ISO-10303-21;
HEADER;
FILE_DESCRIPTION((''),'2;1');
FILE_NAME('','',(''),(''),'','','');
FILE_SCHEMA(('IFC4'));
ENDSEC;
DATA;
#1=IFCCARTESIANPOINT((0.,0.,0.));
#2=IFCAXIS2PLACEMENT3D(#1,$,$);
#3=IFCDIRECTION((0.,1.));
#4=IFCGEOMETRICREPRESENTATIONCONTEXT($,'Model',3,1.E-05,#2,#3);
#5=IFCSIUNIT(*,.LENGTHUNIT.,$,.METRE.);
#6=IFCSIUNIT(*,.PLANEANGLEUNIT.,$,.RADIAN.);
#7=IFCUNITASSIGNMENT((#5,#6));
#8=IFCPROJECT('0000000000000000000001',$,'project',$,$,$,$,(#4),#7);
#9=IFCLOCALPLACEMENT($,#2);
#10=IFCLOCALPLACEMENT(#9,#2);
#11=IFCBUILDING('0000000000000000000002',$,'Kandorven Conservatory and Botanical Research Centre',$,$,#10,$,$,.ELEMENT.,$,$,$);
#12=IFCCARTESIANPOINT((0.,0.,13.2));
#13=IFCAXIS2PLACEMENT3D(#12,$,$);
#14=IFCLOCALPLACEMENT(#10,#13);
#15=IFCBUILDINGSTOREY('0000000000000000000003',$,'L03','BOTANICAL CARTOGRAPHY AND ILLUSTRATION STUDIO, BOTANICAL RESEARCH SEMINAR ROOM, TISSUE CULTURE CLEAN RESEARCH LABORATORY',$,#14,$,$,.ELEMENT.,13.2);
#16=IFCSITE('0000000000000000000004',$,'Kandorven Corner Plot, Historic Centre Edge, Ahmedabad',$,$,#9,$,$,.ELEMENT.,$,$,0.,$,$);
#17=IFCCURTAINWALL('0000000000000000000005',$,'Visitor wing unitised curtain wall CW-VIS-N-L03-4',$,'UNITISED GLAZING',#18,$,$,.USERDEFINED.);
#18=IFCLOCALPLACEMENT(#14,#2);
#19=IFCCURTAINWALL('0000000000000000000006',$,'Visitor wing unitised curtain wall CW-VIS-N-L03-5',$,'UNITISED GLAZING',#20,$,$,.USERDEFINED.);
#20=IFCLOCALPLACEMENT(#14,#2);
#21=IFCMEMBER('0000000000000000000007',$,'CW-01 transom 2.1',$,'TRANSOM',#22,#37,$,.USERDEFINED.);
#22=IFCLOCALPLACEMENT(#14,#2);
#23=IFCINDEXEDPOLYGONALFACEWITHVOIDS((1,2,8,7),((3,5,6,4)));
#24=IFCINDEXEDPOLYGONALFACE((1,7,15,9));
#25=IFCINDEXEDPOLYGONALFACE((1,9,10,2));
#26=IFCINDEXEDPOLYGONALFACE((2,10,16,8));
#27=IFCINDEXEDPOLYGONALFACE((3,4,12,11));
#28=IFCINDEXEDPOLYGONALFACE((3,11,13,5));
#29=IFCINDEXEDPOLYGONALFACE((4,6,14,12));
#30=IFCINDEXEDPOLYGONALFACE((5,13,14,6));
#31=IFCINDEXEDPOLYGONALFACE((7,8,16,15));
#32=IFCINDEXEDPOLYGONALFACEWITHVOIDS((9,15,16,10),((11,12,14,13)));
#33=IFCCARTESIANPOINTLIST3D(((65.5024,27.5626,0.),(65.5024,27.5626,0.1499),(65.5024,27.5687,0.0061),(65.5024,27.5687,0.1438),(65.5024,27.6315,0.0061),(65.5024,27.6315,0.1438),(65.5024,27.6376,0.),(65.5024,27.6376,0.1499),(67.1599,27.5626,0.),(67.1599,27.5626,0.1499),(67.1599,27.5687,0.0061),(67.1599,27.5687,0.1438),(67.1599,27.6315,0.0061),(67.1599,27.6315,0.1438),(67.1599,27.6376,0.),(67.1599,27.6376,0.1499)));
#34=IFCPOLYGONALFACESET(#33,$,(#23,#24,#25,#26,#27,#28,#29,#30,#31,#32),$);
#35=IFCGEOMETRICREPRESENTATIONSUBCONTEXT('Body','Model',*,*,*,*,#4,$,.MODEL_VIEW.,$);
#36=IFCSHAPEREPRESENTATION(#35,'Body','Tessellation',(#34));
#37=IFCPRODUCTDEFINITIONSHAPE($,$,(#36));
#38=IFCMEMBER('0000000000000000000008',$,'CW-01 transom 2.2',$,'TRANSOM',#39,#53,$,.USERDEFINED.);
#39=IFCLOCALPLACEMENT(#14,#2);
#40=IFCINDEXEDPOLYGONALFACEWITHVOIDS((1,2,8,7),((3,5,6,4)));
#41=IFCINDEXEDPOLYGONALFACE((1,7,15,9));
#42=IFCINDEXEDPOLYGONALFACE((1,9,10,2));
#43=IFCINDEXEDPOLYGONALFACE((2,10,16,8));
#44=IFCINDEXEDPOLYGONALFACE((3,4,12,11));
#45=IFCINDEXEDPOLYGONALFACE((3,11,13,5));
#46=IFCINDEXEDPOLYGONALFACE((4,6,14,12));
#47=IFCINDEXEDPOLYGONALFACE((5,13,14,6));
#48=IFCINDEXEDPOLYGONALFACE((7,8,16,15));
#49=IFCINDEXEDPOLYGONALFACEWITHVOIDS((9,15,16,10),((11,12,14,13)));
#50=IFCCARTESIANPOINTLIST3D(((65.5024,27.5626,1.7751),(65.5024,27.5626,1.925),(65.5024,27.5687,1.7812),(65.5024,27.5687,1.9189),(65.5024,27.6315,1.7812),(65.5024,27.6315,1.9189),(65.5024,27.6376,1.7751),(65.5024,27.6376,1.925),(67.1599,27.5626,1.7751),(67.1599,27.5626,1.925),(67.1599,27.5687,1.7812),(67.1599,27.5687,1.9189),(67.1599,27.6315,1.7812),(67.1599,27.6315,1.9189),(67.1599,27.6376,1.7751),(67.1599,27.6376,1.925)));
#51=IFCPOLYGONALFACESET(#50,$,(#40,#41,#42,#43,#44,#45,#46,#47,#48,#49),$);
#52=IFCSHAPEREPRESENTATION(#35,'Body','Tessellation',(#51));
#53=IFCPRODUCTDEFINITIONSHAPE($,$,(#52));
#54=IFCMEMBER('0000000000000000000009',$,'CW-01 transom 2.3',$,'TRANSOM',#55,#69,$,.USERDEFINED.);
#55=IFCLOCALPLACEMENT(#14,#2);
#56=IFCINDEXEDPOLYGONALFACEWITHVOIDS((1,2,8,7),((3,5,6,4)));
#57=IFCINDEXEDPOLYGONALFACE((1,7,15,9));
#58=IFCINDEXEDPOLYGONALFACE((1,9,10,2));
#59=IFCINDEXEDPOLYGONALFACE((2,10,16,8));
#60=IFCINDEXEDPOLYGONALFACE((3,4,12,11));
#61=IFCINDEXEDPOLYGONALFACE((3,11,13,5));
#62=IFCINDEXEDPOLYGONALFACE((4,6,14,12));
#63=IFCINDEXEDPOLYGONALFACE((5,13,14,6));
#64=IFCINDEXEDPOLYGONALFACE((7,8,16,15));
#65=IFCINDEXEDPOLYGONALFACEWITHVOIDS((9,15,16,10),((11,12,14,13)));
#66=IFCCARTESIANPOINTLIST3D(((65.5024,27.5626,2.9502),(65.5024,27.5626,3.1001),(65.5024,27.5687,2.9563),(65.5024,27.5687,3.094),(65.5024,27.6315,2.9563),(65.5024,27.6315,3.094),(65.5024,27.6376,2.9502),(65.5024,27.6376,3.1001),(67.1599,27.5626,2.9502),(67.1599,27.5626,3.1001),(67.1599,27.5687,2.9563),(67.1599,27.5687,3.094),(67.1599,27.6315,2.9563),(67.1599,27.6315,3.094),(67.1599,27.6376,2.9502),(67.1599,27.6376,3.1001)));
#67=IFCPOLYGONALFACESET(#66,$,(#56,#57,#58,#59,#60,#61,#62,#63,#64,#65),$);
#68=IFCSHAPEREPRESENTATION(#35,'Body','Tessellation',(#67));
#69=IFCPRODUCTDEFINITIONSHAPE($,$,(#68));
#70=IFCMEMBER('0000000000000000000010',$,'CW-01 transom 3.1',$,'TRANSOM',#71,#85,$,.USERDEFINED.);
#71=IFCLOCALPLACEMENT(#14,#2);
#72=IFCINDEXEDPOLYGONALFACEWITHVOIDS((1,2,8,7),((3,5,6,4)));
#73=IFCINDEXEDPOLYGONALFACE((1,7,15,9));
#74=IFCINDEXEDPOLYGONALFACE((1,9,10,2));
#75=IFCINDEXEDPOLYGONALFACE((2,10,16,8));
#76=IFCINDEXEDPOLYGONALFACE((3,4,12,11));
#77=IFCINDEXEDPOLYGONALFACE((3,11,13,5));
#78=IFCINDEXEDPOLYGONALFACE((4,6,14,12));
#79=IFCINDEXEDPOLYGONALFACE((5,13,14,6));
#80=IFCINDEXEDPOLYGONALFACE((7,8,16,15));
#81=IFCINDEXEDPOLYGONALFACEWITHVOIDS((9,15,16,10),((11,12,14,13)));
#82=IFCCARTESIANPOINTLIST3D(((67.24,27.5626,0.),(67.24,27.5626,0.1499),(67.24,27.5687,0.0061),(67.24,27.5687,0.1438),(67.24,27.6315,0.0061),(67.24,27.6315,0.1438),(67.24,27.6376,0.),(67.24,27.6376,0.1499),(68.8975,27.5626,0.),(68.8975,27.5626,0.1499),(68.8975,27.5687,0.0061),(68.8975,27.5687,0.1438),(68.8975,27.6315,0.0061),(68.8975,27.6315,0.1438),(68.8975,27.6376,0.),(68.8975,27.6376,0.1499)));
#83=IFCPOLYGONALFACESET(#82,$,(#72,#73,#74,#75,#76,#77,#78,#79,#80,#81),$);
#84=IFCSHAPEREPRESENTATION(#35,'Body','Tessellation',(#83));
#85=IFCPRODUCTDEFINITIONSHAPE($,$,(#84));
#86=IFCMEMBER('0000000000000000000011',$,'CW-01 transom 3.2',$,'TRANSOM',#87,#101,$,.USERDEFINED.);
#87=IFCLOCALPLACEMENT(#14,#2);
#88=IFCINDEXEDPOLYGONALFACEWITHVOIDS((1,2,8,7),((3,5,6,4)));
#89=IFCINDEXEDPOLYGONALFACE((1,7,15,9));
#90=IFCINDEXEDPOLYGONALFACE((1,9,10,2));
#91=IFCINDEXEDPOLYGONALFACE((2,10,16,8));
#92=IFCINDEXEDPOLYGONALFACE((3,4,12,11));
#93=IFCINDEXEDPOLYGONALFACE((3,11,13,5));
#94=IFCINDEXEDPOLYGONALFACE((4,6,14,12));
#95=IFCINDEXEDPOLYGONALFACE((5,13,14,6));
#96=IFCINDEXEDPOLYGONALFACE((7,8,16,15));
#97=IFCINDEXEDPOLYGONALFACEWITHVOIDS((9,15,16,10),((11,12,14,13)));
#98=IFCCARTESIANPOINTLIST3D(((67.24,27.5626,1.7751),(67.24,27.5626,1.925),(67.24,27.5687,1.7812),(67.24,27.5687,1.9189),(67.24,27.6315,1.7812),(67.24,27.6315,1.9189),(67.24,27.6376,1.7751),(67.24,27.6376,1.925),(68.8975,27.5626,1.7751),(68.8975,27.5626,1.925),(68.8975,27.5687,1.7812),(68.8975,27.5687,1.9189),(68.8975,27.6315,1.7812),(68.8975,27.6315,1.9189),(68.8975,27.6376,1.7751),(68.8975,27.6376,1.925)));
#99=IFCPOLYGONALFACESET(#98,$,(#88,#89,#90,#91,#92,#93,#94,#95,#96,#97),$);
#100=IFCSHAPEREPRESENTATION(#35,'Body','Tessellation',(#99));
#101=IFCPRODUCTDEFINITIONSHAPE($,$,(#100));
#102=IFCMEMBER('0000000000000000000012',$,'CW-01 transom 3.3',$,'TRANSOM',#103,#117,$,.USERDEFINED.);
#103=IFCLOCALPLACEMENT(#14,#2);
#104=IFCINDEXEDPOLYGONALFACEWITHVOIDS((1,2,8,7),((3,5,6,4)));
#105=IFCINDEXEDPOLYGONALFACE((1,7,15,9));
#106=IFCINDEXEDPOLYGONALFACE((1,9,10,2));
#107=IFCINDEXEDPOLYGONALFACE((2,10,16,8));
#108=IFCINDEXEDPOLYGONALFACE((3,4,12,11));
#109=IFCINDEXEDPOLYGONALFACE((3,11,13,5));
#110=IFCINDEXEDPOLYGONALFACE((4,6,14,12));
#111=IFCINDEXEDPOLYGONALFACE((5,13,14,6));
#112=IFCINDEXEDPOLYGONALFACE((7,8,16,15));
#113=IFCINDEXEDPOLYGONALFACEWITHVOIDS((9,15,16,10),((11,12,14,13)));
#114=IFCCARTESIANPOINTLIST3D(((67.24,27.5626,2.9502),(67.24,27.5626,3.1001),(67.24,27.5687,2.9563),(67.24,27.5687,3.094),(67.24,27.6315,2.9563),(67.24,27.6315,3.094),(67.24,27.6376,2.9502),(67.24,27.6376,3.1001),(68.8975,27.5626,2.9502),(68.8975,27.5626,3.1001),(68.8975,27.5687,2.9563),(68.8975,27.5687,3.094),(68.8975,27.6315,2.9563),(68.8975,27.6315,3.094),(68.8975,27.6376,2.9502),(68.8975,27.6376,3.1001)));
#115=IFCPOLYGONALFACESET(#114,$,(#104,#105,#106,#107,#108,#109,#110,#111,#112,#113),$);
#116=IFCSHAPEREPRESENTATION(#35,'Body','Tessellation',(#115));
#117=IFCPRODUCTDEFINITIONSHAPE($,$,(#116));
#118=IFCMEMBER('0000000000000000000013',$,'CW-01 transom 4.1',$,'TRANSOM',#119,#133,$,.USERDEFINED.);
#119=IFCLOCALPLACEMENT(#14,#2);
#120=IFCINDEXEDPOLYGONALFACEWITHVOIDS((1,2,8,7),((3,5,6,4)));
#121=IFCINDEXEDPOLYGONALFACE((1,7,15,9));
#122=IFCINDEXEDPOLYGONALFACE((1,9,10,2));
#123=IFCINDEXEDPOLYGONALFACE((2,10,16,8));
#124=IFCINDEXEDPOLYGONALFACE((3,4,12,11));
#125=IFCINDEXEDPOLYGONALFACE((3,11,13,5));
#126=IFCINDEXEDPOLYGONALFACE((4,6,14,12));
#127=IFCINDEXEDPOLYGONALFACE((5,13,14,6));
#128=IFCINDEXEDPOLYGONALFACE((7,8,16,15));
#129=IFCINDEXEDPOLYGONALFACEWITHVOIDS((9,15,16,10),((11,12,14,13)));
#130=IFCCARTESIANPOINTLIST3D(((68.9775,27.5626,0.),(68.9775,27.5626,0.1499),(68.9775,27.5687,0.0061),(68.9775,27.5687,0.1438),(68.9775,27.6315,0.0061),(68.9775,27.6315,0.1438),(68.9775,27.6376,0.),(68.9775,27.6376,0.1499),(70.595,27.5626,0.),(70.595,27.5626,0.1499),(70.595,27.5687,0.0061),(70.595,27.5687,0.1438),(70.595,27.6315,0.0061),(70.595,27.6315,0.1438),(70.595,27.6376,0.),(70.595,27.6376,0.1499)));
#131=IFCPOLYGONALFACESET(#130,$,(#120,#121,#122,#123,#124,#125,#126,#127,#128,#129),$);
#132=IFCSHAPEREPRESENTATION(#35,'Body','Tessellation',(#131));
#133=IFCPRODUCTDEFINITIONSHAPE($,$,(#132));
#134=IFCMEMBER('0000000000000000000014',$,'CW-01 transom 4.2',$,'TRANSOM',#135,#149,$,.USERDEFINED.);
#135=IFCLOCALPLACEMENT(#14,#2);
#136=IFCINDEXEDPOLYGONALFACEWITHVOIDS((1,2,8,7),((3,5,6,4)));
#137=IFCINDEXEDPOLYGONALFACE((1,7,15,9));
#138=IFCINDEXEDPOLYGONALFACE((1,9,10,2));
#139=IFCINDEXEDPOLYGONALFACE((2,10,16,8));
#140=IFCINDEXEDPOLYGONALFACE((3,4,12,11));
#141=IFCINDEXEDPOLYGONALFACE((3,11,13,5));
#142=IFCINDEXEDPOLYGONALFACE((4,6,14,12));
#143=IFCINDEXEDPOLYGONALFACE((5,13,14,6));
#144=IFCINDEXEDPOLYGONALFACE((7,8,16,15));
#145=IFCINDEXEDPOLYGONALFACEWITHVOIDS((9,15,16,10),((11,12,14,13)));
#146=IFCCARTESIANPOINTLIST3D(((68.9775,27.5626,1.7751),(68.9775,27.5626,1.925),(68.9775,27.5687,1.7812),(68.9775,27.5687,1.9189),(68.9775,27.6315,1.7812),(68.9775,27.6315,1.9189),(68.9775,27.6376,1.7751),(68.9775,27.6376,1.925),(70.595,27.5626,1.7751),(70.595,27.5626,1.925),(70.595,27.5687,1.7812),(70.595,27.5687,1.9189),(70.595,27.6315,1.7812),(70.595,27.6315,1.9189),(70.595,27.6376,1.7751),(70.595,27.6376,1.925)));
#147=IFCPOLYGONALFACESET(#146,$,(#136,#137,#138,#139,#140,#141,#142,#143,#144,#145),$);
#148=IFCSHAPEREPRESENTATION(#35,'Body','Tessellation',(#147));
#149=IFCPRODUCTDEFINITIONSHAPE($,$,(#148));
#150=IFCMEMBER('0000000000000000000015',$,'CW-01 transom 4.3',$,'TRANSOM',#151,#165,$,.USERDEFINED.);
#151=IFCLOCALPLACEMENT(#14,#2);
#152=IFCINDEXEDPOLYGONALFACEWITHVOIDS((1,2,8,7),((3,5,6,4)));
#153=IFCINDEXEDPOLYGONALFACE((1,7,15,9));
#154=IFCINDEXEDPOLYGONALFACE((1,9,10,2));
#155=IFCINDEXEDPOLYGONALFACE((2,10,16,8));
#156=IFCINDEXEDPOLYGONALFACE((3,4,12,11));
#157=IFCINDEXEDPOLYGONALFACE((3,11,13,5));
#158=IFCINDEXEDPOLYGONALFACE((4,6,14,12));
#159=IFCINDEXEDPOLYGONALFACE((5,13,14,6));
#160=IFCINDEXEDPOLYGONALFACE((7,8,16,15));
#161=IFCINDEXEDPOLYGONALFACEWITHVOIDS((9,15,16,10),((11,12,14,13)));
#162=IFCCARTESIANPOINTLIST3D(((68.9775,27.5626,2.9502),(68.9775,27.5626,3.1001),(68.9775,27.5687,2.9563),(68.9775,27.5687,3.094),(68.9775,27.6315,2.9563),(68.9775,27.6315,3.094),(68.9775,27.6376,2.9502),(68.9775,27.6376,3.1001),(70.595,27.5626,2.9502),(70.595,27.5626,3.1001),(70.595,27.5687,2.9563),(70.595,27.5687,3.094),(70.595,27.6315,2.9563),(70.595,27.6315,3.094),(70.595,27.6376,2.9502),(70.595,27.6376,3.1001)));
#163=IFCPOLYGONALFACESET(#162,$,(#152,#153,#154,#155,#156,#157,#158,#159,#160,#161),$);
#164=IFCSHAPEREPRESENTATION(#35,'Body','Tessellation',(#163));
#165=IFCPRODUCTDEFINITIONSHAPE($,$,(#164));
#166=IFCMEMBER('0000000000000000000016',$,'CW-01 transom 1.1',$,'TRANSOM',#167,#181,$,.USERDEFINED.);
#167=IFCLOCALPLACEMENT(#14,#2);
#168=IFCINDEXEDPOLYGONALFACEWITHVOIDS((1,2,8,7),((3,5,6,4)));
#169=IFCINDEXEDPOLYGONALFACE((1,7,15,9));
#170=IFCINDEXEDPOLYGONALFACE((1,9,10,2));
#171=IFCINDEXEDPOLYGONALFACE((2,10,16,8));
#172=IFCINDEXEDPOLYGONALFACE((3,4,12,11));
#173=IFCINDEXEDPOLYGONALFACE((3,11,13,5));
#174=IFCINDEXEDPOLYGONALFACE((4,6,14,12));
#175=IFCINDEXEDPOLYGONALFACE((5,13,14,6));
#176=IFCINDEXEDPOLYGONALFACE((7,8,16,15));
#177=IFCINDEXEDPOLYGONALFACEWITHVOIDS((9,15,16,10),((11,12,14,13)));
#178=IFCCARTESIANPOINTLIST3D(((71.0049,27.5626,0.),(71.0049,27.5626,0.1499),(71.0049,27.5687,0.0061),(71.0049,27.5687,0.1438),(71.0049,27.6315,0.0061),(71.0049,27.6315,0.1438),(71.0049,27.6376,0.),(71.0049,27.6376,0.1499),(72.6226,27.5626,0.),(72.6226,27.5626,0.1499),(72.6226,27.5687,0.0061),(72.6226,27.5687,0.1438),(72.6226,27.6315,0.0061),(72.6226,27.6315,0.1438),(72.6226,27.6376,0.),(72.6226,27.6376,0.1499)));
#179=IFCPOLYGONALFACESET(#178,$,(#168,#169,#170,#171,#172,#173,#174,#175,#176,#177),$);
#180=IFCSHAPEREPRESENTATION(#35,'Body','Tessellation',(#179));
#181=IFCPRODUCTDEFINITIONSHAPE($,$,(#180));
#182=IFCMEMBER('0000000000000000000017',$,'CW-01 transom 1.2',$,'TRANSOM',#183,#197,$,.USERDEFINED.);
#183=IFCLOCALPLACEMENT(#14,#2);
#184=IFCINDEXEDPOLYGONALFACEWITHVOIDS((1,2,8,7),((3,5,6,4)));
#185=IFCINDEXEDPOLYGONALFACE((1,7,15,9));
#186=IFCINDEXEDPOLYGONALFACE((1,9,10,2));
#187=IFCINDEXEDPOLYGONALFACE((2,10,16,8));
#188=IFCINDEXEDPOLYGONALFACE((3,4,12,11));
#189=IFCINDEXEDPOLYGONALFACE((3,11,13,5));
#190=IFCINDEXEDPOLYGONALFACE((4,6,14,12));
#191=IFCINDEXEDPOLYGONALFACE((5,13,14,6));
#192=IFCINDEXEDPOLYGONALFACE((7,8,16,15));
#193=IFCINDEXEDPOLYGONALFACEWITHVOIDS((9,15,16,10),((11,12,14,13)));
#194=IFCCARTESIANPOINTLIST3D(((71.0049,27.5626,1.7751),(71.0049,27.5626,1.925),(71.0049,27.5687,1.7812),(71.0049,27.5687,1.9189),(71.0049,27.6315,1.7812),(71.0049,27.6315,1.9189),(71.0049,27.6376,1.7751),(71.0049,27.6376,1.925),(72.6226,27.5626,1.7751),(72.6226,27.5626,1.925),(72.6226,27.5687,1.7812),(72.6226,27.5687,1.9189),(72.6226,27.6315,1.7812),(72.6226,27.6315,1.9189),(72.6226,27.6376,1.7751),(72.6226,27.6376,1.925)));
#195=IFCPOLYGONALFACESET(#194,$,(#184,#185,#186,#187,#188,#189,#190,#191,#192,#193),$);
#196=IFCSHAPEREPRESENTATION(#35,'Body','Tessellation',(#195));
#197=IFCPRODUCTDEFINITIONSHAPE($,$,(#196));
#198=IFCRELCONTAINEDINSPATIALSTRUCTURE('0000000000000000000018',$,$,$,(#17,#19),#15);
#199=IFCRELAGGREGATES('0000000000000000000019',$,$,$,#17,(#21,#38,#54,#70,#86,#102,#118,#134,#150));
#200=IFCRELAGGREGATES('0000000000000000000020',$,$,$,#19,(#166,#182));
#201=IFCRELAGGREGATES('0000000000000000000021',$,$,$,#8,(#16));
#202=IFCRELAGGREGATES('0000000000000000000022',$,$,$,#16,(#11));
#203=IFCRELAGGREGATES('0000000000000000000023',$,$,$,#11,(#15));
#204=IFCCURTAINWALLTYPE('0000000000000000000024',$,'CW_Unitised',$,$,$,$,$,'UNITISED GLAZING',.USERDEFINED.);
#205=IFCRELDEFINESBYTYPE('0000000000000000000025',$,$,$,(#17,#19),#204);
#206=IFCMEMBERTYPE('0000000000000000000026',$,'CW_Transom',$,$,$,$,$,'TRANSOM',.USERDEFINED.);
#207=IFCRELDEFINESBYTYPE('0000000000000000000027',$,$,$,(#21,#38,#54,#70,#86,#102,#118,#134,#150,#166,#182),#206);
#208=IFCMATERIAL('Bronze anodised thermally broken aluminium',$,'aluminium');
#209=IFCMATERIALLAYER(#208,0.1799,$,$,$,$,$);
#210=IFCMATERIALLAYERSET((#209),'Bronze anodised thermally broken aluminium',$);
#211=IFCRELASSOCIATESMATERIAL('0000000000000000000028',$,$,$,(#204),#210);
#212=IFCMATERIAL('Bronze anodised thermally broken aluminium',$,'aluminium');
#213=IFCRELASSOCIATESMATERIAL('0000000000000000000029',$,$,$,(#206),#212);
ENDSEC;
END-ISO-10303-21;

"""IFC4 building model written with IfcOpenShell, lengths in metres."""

from ifc_helpers import new_model, si_unit, direction, frame, origin, origin_2d, place, context, subcontext, project, spatial, hollow_rectangle, extrude, material, layer, layer_set, material_profile, profile_set, type_object, element, aggregate, save


model = new_model("IFC4")

# Units and contexts
model_context = context("Model", 3, precision=1e-05, world=origin(), true_north=direction((0.0, 1.0)))
body_context = subcontext(model_context, "Body", "Model", "MODEL_VIEW")
ifc_project = project(units=[si_unit("LENGTHUNIT", "METRE"), si_unit("PLANEANGLEUNIT", "RADIAN")], contexts=[model_context])

# Site, building, storey
site_placement = place(None, origin())
site = spatial("IfcSite", under=ifc_project, at=site_placement, Name="Kandorven Corner Plot, Historic Centre Edge, Ahmedabad", CompositionType="ELEMENT", RefElevation=0.0)
building_placement = place(site_placement, origin())
building = spatial("IfcBuilding", under=site, at=building_placement, Name="Kandorven Conservatory and Botanical Research Centre", CompositionType="ELEMENT")
storey_placement = place(building_placement, frame((0.0, 0.0, 13.2)))
storey = spatial("IfcBuildingStorey", under=building, at=storey_placement, Name="L03", Description="BOTANICAL CARTOGRAPHY AND ILLUSTRATION STUDIO, BOTANICAL RESEARCH SEMINAR ROOM, TISSUE CULTURE CLEAN RESEARCH LABORATORY", CompositionType="ELEMENT", Elevation=13.2)

# Curtain walls
ifc_material_1 = material(Name="Bronze anodised thermally broken aluminium", Category="aluminium")
ifc_layer_1 = layer(ifc_material_1, 0.1799)
ifc_layer_set_1 = layer_set([ifc_layer_1], Name="Bronze anodised thermally broken aluminium")
curtain_wall_type = type_object("IfcCurtainWallType", Name="CW_Unitised", ElementType="UNITISED GLAZING", PredefinedType="USERDEFINED", material=ifc_layer_set_1)
curtain_wall_1_placement = place(storey_placement, origin())
curtain_wall_1 = element("IfcCurtainWall", 1, at=curtain_wall_1_placement, inside=storey, type_object=curtain_wall_type, Name="Visitor wing unitised curtain wall CW-VIS-N-L03-4", ObjectType="UNITISED GLAZING", PredefinedType="USERDEFINED")
curtain_wall_2_placement = place(storey_placement, origin())
curtain_wall_2 = element("IfcCurtainWall", 2, at=curtain_wall_2_placement, inside=storey, type_object=curtain_wall_type, Name="Visitor wing unitised curtain wall CW-VIS-N-L03-5", ObjectType="UNITISED GLAZING", PredefinedType="USERDEFINED")

# Members
ifc_material_2 = material(Name="Bronze anodised thermally broken aluminium", Category="aluminium")
ifc_material_profile_1 = material_profile(ifc_material_2, hollow_rectangle(XDim=0.075, YDim=0.1499, WallThickness=0.0061, at=origin_2d()))
ifc_profile_set_1 = profile_set([ifc_material_profile_1], Name="Bronze anodised thermally broken aluminium")
member_type_1 = type_object("IfcMemberType", Name="CW_Transom", ElementType="TRANSOM", PredefinedType="USERDEFINED", material=ifc_profile_set_1)
member_1_placement = place(storey_placement, frame((65.5024, 27.6001, 0.075), z_axis=(1.0, 0.0, 0.0), x_axis=(0.0, 1.0, 0.0)))
member_1 = element("IfcMember", 3, at=member_1_placement, type_object=member_type_1, Name="CW-01 transom 2.1", ObjectType="TRANSOM", PredefinedType="USERDEFINED", context=body_context, shape_type="SweptSolid", body=[
    extrude(hollow_rectangle(XDim=0.075, YDim=0.1499, WallThickness=0.0061, at=origin_2d()), origin(), (0.0, 0.0, 1.0), 1.6575),
])
member_2_placement = place(storey_placement, frame((65.5024, 27.6001, 1.8501), z_axis=(1.0, 0.0, 0.0), x_axis=(0.0, 1.0, 0.0)))
member_2 = element("IfcMember", 4, at=member_2_placement, type_object=member_type_1, Name="CW-01 transom 2.2", ObjectType="TRANSOM", PredefinedType="USERDEFINED", context=body_context, shape_type="SweptSolid", body=[
    extrude(hollow_rectangle(XDim=0.075, YDim=0.1499, WallThickness=0.0061, at=origin_2d()), origin(), (0.0, 0.0, 1.0), 1.6575),
])
member_3_placement = place(storey_placement, frame((65.5024, 27.6001, 3.0251), z_axis=(1.0, 0.0, 0.0), x_axis=(0.0, 1.0, 0.0)))
member_3 = element("IfcMember", 5, at=member_3_placement, type_object=member_type_1, Name="CW-01 transom 2.3", ObjectType="TRANSOM", PredefinedType="USERDEFINED", context=body_context, shape_type="SweptSolid", body=[
    extrude(hollow_rectangle(XDim=0.075, YDim=0.1499, WallThickness=0.0061, at=origin_2d()), origin(), (0.0, 0.0, 1.0), 1.6575),
])
member_4_placement = place(storey_placement, frame((67.24, 27.6001, 0.075), z_axis=(1.0, 0.0, 0.0), x_axis=(0.0, 1.0, 0.0)))
member_4 = element("IfcMember", 6, at=member_4_placement, type_object=member_type_1, Name="CW-01 transom 3.1", ObjectType="TRANSOM", PredefinedType="USERDEFINED", context=body_context, shape_type="SweptSolid", body=[
    extrude(hollow_rectangle(XDim=0.075, YDim=0.1499, WallThickness=0.0061, at=origin_2d()), origin(), (0.0, 0.0, 1.0), 1.6575),
])
member_5_placement = place(storey_placement, frame((67.24, 27.6001, 1.8501), z_axis=(1.0, 0.0, 0.0), x_axis=(0.0, 1.0, 0.0)))
member_5 = element("IfcMember", 7, at=member_5_placement, type_object=member_type_1, Name="CW-01 transom 3.2", ObjectType="TRANSOM", PredefinedType="USERDEFINED", context=body_context, shape_type="SweptSolid", body=[
    extrude(hollow_rectangle(XDim=0.075, YDim=0.1499, WallThickness=0.0061, at=origin_2d()), origin(), (0.0, 0.0, 1.0), 1.6575),
])
member_6_placement = place(storey_placement, frame((67.24, 27.6001, 3.0251), z_axis=(1.0, 0.0, 0.0), x_axis=(0.0, 1.0, 0.0)))
member_6 = element("IfcMember", 8, at=member_6_placement, type_object=member_type_1, Name="CW-01 transom 3.3", ObjectType="TRANSOM", PredefinedType="USERDEFINED", context=body_context, shape_type="SweptSolid", body=[
    extrude(hollow_rectangle(XDim=0.075, YDim=0.1499, WallThickness=0.0061, at=origin_2d()), origin(), (0.0, 0.0, 1.0), 1.6575),
])
member_7_placement = place(storey_placement, frame((68.9775, 27.6001, 0.075), z_axis=(1.0, 0.0, 0.0), x_axis=(0.0, 1.0, 0.0)))
member_7 = element("IfcMember", 9, at=member_7_placement, type_object=member_type_1, Name="CW-01 transom 4.1", ObjectType="TRANSOM", PredefinedType="USERDEFINED", context=body_context, shape_type="SweptSolid", body=[
    extrude(hollow_rectangle(XDim=0.075, YDim=0.1499, WallThickness=0.0061, at=origin_2d()), origin(), (0.0, 0.0, 1.0), 1.6174),
])
member_8_placement = place(storey_placement, frame((68.9775, 27.6001, 1.8501), z_axis=(1.0, 0.0, 0.0), x_axis=(0.0, 1.0, 0.0)))
member_8 = element("IfcMember", 10, at=member_8_placement, type_object=member_type_1, Name="CW-01 transom 4.2", ObjectType="TRANSOM", PredefinedType="USERDEFINED", context=body_context, shape_type="SweptSolid", body=[
    extrude(hollow_rectangle(XDim=0.075, YDim=0.1499, WallThickness=0.0061, at=origin_2d()), origin(), (0.0, 0.0, 1.0), 1.6174),
])
member_9_placement = place(storey_placement, frame((68.9775, 27.6001, 3.0251), z_axis=(1.0, 0.0, 0.0), x_axis=(0.0, 1.0, 0.0)))
member_9 = element("IfcMember", 11, at=member_9_placement, type_object=member_type_1, Name="CW-01 transom 4.3", ObjectType="TRANSOM", PredefinedType="USERDEFINED", context=body_context, shape_type="SweptSolid", body=[
    extrude(hollow_rectangle(XDim=0.075, YDim=0.1499, WallThickness=0.0061, at=origin_2d()), origin(), (0.0, 0.0, 1.0), 1.6174),
])
member_10_placement = place(storey_placement, frame((71.0049, 27.6001, 0.075), z_axis=(1.0, 0.0, 0.0), x_axis=(0.0, 1.0, 0.0)))
member_10 = element("IfcMember", 12, at=member_10_placement, type_object=member_type_1, Name="CW-01 transom 1.1", ObjectType="TRANSOM", PredefinedType="USERDEFINED", context=body_context, shape_type="SweptSolid", body=[
    extrude(hollow_rectangle(XDim=0.075, YDim=0.1499, WallThickness=0.0061, at=origin_2d()), origin(), (0.0, 0.0, 1.0), 1.6177),
])
member_11_placement = place(storey_placement, frame((71.0049, 27.6001, 1.8501), z_axis=(1.0, 0.0, 0.0), x_axis=(0.0, 1.0, 0.0)))
member_11 = element("IfcMember", 13, at=member_11_placement, type_object=member_type_1, Name="CW-01 transom 1.2", ObjectType="TRANSOM", PredefinedType="USERDEFINED", context=body_context, shape_type="SweptSolid", body=[
    extrude(hollow_rectangle(XDim=0.075, YDim=0.1499, WallThickness=0.0061, at=origin_2d()), origin(), (0.0, 0.0, 1.0), 1.6177),
])

aggregate(curtain_wall_1, [member_1, member_2, member_3, member_4, member_5, member_6, member_7, member_8, member_9])
aggregate(curtain_wall_2, [member_10, member_11])

save(model, "model.ifc")
